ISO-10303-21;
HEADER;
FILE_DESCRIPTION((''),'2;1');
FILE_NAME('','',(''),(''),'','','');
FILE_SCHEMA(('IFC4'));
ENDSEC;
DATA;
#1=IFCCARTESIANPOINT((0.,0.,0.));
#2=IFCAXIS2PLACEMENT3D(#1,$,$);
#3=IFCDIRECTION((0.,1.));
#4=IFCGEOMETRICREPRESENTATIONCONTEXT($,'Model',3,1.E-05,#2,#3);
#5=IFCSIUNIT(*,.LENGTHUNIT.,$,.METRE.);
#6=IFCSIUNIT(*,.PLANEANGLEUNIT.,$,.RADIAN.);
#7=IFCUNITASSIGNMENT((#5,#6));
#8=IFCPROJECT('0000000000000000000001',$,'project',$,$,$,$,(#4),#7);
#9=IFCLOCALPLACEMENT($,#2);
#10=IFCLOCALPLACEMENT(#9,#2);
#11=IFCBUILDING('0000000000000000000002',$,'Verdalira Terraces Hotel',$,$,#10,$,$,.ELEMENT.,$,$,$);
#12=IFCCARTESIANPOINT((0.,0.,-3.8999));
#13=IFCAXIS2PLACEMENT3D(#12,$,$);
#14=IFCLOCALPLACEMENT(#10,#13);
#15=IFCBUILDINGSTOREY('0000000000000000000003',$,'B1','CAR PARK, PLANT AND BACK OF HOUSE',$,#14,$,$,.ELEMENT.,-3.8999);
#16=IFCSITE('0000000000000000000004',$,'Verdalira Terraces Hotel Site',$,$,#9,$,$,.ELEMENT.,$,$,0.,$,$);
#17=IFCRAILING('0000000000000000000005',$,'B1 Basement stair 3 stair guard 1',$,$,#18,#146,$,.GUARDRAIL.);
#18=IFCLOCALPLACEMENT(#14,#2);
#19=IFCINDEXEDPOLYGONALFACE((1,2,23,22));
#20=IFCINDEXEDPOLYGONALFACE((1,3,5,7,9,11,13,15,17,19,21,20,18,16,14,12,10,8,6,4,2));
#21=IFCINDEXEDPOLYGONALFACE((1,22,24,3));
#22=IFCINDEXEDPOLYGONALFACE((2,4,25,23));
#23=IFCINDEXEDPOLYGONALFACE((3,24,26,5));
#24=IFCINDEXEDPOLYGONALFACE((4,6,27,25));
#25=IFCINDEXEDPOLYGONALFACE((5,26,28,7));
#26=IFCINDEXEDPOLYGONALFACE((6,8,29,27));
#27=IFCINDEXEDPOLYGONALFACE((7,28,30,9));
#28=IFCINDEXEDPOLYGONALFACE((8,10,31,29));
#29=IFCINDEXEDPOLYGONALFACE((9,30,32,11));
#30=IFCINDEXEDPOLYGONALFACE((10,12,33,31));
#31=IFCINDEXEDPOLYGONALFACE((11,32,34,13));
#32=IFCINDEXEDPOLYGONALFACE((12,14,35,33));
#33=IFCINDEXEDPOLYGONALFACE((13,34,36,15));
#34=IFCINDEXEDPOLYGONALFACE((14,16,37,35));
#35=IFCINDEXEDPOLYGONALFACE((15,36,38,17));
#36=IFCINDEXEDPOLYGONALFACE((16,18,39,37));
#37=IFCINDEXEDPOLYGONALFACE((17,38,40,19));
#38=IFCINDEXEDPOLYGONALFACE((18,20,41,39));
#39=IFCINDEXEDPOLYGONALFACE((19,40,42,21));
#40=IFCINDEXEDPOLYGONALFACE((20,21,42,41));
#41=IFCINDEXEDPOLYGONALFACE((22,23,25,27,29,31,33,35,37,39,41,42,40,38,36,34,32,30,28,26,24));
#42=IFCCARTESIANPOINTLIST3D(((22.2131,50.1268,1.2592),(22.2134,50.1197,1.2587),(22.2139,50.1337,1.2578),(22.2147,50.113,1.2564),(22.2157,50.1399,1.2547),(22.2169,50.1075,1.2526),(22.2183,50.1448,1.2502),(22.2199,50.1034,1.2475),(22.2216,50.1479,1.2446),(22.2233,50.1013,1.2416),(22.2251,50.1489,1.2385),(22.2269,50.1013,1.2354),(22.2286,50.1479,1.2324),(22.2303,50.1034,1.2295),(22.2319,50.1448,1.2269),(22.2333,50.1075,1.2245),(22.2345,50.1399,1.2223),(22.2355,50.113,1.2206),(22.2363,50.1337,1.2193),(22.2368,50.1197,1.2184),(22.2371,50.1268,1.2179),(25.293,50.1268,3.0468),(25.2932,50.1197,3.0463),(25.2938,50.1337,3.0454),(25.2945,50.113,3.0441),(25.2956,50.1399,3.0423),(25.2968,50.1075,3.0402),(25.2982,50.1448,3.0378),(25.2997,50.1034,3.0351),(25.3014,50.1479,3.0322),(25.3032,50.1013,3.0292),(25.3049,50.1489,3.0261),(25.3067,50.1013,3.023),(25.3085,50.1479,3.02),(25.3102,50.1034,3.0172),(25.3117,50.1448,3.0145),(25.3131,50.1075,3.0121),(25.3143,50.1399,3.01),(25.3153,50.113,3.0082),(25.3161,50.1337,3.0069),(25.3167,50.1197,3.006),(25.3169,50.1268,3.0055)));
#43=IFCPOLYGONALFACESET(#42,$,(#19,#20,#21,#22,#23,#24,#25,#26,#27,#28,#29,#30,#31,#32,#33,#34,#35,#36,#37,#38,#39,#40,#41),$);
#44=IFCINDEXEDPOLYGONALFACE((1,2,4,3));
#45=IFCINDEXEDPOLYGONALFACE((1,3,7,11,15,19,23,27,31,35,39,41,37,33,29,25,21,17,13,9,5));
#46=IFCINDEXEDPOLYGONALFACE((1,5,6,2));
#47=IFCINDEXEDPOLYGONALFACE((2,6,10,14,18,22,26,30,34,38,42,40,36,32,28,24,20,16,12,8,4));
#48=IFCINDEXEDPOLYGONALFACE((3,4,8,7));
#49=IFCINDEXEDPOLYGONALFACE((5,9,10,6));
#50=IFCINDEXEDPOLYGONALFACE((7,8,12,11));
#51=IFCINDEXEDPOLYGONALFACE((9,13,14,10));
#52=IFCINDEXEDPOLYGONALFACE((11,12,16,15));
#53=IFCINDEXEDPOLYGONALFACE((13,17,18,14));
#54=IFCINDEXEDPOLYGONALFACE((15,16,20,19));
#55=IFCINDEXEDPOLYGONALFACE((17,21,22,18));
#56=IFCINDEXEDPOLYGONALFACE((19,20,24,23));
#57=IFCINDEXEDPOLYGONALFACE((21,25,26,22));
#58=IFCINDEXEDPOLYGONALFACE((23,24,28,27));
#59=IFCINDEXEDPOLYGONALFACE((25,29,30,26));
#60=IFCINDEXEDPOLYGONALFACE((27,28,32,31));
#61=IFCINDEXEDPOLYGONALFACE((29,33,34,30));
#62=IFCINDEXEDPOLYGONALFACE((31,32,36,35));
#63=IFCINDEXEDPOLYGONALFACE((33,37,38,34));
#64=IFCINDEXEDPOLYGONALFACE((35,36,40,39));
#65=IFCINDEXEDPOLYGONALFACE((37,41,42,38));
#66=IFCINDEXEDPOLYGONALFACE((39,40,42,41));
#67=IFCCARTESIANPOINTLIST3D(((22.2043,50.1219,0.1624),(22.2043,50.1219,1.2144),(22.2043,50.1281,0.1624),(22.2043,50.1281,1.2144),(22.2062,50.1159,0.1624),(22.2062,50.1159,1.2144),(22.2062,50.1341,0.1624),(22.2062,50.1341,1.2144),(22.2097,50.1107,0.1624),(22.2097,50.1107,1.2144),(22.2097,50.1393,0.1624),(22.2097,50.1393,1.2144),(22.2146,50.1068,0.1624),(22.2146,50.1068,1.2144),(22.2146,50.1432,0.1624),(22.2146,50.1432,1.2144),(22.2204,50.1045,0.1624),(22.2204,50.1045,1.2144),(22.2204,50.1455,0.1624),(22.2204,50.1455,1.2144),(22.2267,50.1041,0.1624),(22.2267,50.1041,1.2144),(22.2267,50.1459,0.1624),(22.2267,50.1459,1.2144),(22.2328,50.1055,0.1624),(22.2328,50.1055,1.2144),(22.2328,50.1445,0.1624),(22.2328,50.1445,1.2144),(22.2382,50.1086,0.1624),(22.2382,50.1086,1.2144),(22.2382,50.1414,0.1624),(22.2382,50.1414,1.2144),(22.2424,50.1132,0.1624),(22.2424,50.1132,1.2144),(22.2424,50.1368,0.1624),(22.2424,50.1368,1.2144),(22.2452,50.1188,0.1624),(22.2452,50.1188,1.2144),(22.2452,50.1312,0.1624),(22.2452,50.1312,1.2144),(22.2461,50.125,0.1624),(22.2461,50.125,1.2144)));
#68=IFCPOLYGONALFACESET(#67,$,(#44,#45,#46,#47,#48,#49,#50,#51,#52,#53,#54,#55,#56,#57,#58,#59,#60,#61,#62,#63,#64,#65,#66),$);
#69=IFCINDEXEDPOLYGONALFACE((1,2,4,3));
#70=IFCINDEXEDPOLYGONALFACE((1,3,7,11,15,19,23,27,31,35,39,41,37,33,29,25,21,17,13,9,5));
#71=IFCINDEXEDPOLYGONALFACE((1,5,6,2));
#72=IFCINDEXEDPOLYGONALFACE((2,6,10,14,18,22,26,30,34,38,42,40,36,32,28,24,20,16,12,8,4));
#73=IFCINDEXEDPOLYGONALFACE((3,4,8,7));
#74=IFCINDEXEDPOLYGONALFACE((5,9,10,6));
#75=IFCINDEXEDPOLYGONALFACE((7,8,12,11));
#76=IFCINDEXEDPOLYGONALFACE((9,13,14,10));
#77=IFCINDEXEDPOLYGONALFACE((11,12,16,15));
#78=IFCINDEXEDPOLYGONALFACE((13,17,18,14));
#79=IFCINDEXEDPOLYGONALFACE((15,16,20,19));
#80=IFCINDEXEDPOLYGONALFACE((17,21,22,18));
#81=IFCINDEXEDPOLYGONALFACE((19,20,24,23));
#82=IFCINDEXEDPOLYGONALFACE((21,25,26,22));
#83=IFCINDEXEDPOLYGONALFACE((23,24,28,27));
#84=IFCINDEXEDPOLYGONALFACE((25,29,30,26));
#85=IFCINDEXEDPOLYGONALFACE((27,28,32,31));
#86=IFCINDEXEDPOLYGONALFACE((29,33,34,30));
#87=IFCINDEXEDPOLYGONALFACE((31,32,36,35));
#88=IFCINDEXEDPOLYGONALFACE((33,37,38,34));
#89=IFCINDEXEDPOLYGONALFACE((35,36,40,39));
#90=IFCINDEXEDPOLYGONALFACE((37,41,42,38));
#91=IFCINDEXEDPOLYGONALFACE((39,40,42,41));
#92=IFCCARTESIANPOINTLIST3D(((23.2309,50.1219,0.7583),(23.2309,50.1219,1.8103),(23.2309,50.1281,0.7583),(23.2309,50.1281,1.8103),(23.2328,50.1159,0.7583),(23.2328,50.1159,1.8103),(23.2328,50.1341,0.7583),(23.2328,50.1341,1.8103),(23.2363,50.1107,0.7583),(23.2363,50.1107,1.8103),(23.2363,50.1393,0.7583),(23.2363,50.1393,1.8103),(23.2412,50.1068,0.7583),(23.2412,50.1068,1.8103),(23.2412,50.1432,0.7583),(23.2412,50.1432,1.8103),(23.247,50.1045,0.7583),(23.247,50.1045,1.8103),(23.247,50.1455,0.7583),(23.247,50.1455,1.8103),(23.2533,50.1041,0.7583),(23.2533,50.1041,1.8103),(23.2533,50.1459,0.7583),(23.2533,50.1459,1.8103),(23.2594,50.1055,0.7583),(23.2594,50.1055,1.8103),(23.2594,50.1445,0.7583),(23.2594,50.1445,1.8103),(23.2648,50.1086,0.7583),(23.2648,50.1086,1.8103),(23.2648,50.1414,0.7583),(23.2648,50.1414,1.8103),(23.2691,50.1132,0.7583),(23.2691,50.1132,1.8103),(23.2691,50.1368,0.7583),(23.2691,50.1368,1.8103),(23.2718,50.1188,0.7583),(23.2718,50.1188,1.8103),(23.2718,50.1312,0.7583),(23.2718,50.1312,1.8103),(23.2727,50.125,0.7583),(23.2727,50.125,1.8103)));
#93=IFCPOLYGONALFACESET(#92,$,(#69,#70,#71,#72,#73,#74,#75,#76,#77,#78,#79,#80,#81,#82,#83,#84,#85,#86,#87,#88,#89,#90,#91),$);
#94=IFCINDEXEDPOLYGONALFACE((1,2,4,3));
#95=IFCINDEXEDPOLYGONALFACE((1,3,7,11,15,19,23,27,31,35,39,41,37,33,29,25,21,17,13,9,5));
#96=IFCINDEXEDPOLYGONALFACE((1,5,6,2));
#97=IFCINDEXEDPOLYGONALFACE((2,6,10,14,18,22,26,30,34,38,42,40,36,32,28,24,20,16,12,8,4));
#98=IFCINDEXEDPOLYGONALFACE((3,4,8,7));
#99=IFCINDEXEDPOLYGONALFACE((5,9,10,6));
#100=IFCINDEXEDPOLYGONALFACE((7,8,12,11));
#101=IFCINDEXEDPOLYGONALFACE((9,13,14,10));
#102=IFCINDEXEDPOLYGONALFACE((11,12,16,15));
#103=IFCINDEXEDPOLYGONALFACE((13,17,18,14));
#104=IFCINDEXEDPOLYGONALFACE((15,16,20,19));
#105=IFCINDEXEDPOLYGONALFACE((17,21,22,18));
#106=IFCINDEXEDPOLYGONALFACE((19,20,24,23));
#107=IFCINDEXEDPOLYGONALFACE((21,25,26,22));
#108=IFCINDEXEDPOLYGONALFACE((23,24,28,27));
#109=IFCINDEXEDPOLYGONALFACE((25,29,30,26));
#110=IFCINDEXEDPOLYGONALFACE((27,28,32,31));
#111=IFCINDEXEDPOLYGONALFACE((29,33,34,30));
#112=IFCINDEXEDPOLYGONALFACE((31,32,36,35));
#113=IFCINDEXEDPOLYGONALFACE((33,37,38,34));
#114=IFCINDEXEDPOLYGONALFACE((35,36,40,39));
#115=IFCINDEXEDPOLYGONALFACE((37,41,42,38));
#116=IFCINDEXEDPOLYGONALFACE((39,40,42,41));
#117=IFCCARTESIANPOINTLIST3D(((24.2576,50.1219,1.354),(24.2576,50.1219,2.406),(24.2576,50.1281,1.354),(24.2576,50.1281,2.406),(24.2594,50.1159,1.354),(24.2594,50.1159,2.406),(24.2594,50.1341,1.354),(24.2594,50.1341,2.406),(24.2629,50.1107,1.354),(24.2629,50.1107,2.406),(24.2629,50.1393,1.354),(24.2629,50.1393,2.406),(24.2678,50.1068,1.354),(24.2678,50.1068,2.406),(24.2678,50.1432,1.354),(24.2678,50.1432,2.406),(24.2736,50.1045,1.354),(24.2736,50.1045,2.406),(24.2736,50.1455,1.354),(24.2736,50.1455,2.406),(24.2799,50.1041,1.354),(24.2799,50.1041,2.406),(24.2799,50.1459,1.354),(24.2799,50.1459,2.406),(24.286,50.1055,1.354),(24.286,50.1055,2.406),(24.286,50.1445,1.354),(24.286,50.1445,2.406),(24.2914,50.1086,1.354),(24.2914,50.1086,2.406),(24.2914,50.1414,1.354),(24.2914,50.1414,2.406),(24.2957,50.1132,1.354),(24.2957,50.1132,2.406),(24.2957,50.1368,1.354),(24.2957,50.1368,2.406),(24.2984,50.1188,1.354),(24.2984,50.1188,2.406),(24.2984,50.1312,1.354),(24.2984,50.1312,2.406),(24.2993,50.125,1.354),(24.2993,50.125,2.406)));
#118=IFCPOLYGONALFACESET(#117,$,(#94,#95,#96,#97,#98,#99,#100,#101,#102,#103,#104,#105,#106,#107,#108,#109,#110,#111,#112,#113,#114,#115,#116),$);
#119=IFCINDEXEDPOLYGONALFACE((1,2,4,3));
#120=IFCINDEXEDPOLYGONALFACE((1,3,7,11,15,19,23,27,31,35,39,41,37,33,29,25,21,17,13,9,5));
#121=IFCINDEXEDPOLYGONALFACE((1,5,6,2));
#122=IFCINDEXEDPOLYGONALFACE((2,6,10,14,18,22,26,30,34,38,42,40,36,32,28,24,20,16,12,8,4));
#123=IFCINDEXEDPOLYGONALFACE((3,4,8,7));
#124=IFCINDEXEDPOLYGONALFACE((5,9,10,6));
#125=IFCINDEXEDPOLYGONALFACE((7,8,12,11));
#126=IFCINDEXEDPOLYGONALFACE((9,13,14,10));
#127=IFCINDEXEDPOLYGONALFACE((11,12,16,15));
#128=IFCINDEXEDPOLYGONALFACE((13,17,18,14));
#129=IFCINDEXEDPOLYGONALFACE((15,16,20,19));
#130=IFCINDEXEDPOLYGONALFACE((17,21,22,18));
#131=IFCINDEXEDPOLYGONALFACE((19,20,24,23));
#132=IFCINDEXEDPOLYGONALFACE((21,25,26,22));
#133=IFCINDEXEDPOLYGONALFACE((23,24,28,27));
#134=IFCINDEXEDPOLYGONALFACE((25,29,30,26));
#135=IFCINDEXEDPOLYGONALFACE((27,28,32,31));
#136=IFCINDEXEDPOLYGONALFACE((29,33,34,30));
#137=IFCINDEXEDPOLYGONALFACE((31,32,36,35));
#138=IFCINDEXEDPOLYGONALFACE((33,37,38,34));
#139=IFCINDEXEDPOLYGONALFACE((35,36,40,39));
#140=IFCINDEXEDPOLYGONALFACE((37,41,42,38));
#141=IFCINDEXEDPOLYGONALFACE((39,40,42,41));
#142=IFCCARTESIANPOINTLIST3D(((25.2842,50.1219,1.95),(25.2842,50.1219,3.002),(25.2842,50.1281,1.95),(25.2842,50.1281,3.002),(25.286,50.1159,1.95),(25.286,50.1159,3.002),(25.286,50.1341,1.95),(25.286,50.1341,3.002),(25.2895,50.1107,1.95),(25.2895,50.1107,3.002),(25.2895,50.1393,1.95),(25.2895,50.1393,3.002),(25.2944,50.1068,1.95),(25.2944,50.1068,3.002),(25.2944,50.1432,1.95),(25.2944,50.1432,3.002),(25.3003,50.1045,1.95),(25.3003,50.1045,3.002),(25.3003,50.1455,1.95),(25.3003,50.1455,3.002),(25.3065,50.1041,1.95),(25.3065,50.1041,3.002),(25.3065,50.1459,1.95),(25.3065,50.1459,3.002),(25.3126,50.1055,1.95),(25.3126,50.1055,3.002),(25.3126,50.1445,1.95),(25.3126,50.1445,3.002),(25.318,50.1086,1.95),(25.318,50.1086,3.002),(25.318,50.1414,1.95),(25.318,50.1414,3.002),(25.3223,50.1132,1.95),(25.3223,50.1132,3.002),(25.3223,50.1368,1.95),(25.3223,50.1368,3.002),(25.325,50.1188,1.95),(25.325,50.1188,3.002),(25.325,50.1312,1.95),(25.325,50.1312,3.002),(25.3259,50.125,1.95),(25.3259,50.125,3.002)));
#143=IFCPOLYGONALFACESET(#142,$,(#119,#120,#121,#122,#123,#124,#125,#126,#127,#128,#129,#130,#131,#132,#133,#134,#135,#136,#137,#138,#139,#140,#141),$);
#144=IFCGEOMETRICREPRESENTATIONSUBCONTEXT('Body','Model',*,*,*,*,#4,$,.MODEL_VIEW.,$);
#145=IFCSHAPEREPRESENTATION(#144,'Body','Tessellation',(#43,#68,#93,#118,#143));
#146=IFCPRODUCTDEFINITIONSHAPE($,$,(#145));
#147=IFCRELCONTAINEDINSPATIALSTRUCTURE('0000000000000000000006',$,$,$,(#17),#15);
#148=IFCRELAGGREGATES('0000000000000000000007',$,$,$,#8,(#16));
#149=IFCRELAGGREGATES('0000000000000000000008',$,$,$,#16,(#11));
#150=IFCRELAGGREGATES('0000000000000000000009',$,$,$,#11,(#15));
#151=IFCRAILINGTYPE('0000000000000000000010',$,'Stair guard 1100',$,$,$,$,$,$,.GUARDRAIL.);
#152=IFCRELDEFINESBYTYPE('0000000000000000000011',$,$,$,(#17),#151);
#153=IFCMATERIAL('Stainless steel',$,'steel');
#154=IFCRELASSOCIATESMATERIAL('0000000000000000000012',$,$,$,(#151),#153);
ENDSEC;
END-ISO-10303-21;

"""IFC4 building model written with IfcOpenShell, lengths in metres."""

from ifc_helpers import new_model, si_unit, direction, frame, origin, origin_2d, place, context, subcontext, project, spatial, circle, extrude, material, type_object, element, save


model = new_model("IFC4")

# Units and contexts
model_context = context("Model", 3, precision=1e-05, world=origin(), true_north=direction((0.0, 1.0)))
body_context = subcontext(model_context, "Body", "Model", "MODEL_VIEW")
ifc_project = project(units=[si_unit("LENGTHUNIT", "METRE"), si_unit("PLANEANGLEUNIT", "RADIAN")], contexts=[model_context])

# Site, building, storey
site_placement = place(None, origin())
site = spatial("IfcSite", under=ifc_project, at=site_placement, Name="Verdalira Terraces Hotel Site", CompositionType="ELEMENT", RefElevation=0.0)
building_placement = place(site_placement, origin())
building = spatial("IfcBuilding", under=site, at=building_placement, Name="Verdalira Terraces Hotel", CompositionType="ELEMENT")
storey_placement = place(building_placement, frame((0.0, 0.0, -3.8999)))
storey = spatial("IfcBuildingStorey", under=building, at=storey_placement, Name="B1", Description="CAR PARK, PLANT AND BACK OF HOUSE", CompositionType="ELEMENT", Elevation=-3.8999)

# Railing
ifc_material_1 = material(Name="Stainless steel", Category="steel")
railing_type_1 = type_object("IfcRailingType", Name="Stair guard 1100", PredefinedType="GUARDRAIL", material=ifc_material_1)
railing_1_placement = place(storey_placement, frame((22.2251, 50.125, 0.1624)))
element("IfcRailing", 1, at=railing_1_placement, inside=storey, type_object=railing_type_1, Name="B1 Basement stair 3 stair guard 1", PredefinedType="GUARDRAIL", context=body_context, shape_type="SweptSolid", body=[
    extrude(circle(Radius=0.0239, at=origin_2d()), frame((0.0, 0.0, 1.0762), z_axis=(0.864873, 0.0, 0.50199), x_axis=(0.0, 1.0, 0.0)), (0.0, 0.0, 1.0), 3.561),
    extrude(circle(Radius=0.021, at=origin_2d()), origin(), (0.0, 0.0, 1.0), 1.052),
    extrude(circle(Radius=0.021, at=origin_2d()), frame((1.0266, 0.0, 0.5959)), (0.0, 0.0, 1.0), 1.052),
    extrude(circle(Radius=0.021, at=origin_2d()), frame((2.0532, 0.0, 1.1917)), (0.0, 0.0, 1.0), 1.052),
    extrude(circle(Radius=0.021, at=origin_2d()), frame((3.0798, 0.0, 1.7876)), (0.0, 0.0, 1.0), 1.052),
])

save(model, "model.ifc")
